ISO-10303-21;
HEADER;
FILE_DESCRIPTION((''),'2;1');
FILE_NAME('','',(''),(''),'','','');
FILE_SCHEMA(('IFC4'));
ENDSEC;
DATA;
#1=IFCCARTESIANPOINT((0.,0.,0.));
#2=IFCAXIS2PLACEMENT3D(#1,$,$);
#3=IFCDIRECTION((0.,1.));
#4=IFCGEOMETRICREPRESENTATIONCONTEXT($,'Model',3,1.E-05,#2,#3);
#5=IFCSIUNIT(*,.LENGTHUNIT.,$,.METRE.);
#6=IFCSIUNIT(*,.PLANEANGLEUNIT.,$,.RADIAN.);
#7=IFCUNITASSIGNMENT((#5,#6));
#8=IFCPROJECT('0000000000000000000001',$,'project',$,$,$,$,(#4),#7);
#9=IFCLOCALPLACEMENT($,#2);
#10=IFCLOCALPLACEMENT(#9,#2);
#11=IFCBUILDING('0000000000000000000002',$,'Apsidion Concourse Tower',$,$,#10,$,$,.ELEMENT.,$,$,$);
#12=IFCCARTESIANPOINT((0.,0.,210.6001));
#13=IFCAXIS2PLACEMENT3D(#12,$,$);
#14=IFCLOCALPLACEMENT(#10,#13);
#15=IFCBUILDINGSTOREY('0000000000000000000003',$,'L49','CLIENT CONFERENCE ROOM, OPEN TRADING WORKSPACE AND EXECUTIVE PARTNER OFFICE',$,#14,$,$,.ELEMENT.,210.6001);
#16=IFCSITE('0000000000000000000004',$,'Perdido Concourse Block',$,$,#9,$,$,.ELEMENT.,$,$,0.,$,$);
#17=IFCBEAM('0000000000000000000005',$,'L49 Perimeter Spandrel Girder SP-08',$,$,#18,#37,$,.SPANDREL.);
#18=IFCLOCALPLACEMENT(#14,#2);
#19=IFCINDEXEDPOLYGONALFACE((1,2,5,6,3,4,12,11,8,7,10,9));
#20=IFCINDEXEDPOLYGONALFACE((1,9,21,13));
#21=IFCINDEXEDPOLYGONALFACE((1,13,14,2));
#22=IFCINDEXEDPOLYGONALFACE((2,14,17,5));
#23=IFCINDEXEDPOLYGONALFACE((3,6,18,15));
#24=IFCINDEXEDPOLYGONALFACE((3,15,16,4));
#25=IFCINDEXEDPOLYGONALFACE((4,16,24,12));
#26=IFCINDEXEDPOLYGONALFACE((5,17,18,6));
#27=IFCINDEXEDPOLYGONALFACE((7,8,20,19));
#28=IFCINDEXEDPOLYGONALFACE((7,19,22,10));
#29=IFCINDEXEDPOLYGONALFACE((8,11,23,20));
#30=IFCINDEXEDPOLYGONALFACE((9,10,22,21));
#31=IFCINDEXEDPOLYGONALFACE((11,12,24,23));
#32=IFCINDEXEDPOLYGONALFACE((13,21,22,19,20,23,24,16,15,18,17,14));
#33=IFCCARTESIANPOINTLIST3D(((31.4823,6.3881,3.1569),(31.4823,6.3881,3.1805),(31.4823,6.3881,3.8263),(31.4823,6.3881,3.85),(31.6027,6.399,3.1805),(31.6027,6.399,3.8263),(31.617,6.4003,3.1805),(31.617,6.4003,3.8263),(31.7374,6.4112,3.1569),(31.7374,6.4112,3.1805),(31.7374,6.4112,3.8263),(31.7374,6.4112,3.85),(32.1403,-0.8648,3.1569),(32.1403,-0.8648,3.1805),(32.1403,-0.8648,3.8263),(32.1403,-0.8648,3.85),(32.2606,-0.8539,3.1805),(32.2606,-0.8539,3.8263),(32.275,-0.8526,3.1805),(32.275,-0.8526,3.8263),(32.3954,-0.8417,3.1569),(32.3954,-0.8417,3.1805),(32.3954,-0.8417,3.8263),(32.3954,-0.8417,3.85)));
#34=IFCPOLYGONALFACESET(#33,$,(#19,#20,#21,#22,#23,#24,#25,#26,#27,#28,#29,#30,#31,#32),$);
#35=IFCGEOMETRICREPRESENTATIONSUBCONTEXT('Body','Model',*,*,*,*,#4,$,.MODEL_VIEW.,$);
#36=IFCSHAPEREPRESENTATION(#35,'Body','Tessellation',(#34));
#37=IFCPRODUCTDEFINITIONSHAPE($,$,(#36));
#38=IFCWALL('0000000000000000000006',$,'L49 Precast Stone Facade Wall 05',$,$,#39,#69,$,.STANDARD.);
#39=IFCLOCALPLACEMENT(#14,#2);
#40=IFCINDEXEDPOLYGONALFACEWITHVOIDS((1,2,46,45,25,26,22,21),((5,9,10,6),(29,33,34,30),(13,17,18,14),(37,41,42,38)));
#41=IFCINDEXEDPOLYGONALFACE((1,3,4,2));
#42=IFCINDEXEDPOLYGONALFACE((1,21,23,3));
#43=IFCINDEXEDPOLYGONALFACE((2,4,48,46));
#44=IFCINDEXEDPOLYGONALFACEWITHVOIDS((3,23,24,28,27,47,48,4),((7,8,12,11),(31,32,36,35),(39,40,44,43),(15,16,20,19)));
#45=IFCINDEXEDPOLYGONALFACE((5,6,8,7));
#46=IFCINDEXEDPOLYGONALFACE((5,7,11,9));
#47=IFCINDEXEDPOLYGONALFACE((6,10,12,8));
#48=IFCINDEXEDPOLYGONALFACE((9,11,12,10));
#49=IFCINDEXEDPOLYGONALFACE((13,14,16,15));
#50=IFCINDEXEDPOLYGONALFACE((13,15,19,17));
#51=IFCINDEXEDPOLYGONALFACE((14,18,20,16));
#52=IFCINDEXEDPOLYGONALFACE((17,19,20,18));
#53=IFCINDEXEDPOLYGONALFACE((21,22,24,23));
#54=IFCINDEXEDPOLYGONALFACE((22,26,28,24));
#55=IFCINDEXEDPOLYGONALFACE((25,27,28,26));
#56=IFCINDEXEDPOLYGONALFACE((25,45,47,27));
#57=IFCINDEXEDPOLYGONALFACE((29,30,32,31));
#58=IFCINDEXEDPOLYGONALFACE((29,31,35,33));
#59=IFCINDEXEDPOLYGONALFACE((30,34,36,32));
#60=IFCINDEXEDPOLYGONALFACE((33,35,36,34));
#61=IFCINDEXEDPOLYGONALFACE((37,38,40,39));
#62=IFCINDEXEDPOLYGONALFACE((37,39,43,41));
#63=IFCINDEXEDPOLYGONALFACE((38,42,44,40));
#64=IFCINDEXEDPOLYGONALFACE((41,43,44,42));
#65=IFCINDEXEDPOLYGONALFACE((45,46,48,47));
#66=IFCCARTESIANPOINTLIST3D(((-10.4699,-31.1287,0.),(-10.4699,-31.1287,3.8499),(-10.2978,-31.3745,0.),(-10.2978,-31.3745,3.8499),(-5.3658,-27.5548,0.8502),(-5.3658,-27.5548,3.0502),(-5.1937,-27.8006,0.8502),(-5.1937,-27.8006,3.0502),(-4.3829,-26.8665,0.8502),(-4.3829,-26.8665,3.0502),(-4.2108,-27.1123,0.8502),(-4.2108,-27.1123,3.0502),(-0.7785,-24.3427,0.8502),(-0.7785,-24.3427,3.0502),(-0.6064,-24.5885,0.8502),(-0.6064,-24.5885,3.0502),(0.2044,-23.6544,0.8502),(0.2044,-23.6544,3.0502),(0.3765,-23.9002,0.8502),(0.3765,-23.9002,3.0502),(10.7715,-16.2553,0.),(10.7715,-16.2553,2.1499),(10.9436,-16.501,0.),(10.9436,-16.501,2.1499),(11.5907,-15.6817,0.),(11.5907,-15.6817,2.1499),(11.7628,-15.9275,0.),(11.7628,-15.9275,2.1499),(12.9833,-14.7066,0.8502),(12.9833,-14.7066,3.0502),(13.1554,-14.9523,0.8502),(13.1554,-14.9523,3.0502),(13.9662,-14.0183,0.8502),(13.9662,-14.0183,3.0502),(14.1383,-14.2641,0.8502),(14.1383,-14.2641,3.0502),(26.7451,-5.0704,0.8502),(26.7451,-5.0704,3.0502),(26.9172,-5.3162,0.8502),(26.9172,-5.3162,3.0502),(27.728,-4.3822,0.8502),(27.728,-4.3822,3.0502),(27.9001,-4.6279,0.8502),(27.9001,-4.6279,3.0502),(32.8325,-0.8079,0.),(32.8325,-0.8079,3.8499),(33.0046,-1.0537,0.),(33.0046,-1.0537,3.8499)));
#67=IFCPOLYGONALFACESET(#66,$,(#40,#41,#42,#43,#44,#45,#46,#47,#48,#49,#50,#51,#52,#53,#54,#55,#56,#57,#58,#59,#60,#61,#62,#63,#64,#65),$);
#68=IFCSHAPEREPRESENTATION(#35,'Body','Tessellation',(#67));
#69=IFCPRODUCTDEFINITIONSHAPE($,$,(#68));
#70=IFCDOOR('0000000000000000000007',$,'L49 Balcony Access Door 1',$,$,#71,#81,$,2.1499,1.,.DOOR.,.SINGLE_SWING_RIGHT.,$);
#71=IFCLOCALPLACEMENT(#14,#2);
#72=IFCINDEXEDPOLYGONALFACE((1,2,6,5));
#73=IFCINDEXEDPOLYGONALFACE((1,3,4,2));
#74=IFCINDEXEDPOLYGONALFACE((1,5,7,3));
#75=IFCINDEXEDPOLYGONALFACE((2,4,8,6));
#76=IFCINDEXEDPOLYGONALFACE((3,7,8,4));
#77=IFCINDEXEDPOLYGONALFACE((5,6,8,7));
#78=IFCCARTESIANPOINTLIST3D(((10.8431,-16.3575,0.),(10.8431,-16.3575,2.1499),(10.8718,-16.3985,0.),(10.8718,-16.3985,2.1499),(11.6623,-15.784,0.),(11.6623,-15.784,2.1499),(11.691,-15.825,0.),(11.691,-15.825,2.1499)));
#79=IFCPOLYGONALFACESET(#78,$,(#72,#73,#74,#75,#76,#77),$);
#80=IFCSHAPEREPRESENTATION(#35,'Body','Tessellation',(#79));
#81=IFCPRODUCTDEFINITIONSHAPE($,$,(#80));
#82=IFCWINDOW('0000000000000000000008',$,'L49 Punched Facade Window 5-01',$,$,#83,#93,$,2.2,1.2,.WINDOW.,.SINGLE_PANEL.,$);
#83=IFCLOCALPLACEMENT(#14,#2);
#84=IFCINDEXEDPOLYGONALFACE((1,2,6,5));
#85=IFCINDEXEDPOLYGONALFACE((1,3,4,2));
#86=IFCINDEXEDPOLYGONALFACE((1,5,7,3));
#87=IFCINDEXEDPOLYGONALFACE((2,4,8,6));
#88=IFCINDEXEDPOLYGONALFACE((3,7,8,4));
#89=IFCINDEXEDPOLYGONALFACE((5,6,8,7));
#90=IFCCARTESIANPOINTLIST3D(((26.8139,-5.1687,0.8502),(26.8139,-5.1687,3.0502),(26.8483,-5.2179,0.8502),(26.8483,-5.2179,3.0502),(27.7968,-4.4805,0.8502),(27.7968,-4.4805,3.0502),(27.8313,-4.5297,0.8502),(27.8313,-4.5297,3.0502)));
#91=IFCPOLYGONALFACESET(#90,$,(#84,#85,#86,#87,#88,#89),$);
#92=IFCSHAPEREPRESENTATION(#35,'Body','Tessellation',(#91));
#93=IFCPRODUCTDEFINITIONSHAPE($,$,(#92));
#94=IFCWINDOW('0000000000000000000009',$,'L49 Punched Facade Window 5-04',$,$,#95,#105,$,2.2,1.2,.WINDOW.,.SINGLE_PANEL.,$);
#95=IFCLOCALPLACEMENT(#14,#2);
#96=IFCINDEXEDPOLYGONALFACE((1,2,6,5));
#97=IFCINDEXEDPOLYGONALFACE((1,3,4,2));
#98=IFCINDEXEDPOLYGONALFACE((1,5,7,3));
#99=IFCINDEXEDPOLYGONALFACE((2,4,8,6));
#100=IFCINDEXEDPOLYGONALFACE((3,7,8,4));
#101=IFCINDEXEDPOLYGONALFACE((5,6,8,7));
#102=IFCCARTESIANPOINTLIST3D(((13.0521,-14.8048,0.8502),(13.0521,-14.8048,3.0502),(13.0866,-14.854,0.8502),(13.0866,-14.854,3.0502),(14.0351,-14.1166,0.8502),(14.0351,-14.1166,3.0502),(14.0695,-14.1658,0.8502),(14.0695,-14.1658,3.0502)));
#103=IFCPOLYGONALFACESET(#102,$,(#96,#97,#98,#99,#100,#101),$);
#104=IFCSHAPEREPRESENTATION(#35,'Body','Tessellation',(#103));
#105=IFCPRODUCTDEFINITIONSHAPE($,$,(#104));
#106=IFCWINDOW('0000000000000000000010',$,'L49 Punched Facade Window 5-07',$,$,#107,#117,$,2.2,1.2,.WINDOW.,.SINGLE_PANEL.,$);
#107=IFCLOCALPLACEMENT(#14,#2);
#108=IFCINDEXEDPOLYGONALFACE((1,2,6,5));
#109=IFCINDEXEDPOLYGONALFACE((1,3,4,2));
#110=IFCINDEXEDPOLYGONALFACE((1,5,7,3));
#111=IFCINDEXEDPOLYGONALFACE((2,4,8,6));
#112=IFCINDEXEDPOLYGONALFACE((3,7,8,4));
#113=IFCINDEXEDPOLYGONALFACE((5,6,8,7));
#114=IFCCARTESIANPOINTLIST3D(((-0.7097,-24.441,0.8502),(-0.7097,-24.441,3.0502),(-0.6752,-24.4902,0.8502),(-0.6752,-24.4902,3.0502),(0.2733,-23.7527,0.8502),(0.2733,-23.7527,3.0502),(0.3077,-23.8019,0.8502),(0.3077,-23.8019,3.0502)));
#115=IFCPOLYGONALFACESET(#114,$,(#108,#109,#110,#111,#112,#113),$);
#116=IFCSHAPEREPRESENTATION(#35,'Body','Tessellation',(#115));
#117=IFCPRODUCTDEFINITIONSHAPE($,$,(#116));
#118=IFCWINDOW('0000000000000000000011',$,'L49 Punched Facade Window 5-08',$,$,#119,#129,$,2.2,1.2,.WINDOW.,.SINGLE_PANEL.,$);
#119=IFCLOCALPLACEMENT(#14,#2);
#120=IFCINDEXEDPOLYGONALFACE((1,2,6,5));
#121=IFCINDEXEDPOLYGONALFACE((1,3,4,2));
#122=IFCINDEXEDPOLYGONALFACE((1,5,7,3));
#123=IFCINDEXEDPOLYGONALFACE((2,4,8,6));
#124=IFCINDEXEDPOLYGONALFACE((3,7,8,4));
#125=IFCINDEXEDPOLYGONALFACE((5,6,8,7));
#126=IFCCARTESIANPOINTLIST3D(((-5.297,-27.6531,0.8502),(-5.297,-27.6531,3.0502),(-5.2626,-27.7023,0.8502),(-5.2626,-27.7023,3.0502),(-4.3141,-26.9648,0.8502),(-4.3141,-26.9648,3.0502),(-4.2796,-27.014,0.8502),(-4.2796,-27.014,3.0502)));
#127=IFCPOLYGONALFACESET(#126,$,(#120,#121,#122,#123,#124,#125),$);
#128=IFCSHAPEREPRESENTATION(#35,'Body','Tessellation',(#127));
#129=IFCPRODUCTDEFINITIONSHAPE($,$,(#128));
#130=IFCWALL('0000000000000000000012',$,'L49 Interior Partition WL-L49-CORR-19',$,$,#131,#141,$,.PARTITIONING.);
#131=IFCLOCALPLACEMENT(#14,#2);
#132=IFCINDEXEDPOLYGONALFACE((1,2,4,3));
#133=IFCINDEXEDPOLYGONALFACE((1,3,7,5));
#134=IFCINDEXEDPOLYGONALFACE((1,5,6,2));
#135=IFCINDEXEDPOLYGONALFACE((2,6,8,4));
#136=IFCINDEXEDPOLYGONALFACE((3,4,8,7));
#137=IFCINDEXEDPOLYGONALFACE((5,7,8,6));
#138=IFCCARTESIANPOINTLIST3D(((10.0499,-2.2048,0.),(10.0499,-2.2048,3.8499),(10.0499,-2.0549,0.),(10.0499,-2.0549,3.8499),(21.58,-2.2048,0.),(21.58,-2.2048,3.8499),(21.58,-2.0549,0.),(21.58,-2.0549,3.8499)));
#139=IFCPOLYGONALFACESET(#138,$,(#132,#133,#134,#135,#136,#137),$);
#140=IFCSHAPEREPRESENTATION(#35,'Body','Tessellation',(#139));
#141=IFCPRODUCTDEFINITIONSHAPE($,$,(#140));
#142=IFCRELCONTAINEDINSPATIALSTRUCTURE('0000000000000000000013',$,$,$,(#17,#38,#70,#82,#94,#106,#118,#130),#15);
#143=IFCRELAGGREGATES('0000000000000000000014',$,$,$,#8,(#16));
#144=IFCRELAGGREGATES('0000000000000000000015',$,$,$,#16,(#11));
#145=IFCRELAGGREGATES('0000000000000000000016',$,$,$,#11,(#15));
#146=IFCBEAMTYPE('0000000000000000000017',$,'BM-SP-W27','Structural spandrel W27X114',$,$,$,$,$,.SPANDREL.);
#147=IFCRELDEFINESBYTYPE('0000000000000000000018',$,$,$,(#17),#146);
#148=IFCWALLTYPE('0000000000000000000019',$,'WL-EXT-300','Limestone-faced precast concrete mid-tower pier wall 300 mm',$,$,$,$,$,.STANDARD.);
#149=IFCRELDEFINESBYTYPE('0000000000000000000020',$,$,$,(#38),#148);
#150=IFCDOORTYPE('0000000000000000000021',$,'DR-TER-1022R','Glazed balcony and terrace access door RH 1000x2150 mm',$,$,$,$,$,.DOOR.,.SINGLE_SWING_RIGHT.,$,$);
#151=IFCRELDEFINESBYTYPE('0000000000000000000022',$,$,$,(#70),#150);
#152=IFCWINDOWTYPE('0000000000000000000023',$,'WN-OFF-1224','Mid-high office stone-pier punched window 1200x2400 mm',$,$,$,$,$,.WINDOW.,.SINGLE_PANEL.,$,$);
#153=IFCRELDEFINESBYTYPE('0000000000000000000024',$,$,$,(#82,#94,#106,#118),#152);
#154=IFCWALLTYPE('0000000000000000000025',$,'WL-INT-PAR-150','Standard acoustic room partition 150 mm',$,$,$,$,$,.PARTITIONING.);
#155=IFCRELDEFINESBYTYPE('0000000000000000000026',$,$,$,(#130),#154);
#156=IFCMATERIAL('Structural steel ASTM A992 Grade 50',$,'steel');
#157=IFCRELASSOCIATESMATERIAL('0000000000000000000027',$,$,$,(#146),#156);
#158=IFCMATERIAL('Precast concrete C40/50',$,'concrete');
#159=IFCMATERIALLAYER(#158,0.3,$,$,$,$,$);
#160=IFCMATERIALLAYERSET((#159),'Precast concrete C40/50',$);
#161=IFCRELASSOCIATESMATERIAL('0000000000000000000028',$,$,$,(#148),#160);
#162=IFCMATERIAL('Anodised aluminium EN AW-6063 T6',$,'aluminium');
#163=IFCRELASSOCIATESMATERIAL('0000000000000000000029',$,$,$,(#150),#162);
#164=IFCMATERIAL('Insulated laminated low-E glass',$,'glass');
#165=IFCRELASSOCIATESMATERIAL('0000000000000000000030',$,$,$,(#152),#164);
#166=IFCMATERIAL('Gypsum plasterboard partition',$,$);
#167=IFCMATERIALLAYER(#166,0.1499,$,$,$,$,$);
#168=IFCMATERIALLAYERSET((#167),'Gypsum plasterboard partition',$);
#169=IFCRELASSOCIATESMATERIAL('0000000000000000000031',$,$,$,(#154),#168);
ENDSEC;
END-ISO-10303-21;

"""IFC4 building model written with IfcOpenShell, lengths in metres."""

from ifc_helpers import new_model, si_unit, direction, frame, frame_2d, origin, origin_2d, place, context, subcontext, project, spatial, rectangle, i_section, extrude, material, layer, layer_set, material_profile, profile_set, type_object, element, fill, save


model = new_model("IFC4")

# Units and contexts
model_context = context("Model", 3, precision=1e-05, world=origin(), true_north=direction((0.0, 1.0)))
body_context = subcontext(model_context, "Body", "Model", "MODEL_VIEW")
ifc_project = project(units=[si_unit("LENGTHUNIT", "METRE"), si_unit("PLANEANGLEUNIT", "RADIAN")], contexts=[model_context])

# Site, building, storey
site_placement = place(None, origin())
site = spatial("IfcSite", under=ifc_project, at=site_placement, Name="Perdido Concourse Block", CompositionType="ELEMENT", RefElevation=0.0)
building_placement = place(site_placement, origin())
building = spatial("IfcBuilding", under=site, at=building_placement, Name="Apsidion Concourse Tower", CompositionType="ELEMENT")
storey_placement = place(building_placement, frame((0.0, 0.0, 210.6001)))
storey = spatial("IfcBuildingStorey", under=building, at=storey_placement, Name="L49", Description="CLIENT CONFERENCE ROOM, OPEN TRADING WORKSPACE AND EXECUTIVE PARTNER OFFICE", CompositionType="ELEMENT", Elevation=210.6001)

# Shared definitions
ifc_material_1 = material(Name="Structural steel ASTM A992 Grade 50", Category="steel")

# Beam
ifc_material_profile_1 = material_profile(ifc_material_1, i_section(OverallWidth=0.2561, OverallDepth=0.6931, WebThickness=0.0144, FlangeThickness=0.0237, at=origin_2d()), Name="W27X114")
ifc_profile_set_1 = profile_set([ifc_material_profile_1], Name="Structural steel ASTM A992 Grade 50")
beam_type_1 = type_object("IfcBeamType", Name="BM-SP-W27", Description="Structural spandrel W27X114", PredefinedType="SPANDREL", material=ifc_profile_set_1)
beam_1_placement = place(storey_placement, frame((32.2678, -0.8533, 3.5034), z_axis=(-0.090345, 0.99591, 0.0), x_axis=(-0.99591, -0.090345, 0.0)))
element("IfcBeam", 1, at=beam_1_placement, inside=storey, type_object=beam_type_1, Name="L49 Perimeter Spandrel Girder SP-08", PredefinedType="SPANDREL", context=body_context, shape_type="SweptSolid", body=[
    extrude(i_section(OverallWidth=0.2561, OverallDepth=0.6931, WebThickness=0.0144, FlangeThickness=0.0237, at=origin_2d()), origin(), (0.0, 0.0, 1.0), 7.2827),
])

# Wall, openings, door, windows
ifc_material_2 = material(Name="Precast concrete C40/50", Category="concrete")
ifc_layer_1 = layer(ifc_material_2, 0.3)
ifc_layer_set_1 = layer_set([ifc_layer_1], Name="Precast concrete C40/50")
wall_type_1 = type_object("IfcWallType", Name="WL-EXT-300", Description="Limestone-faced precast concrete mid-tower pier wall 300 mm", PredefinedType="STANDARD", material=ifc_layer_set_1)
wall_1_placement = place(storey_placement, frame((32.9185, -0.9309, 0.0), z_axis=(0.0, 0.0, 1.0), x_axis=(-0.819151, -0.573577, 0.0)))
wall_1 = element("IfcWall", 2, at=wall_1_placement, inside=storey, type_object=wall_type_1, Name="L49 Precast Stone Facade Wall 05", PredefinedType="STANDARD", context=body_context, shape_type="SweptSolid", body=[
    extrude(rectangle(XDim=52.8625, YDim=0.3, at=frame_2d((26.4312, 0.0))), origin(), (0.0, 0.0, 1.0), 3.8499),
])
opening_1_placement = place(wall_1_placement, frame((25.9314, 0.0, 0.0)))
opening_1 = element("IfcOpeningElement", 3, at=opening_1_placement, cuts=wall_1, PredefinedType="OPENING", context=body_context, shape_type="SweptSolid", body=[
    extrude(rectangle(XDim=1.0, YDim=2.1499, at=frame_2d((0.5, 1.075))), frame((0.0, 0.1602, 0.0), z_axis=(0.0, -1.0, 0.0), x_axis=(1.0, 0.0, 0.0)), (0.0, 0.0, 1.0), 0.3201),
])
opening_2_placement = place(wall_1_placement, frame((6.2312, 0.0, 0.8501)))
opening_2 = element("IfcOpeningElement", 4, at=opening_2_placement, cuts=wall_1, PredefinedType="OPENING", context=body_context, shape_type="SweptSolid", body=[
    extrude(rectangle(XDim=1.2, YDim=2.2, at=frame_2d((0.6001, 1.1001))), frame((0.0, 0.1602, 0.0), z_axis=(0.0, -1.0, 0.0), x_axis=(1.0, 0.0, 0.0)), (0.0, 0.0, 1.0), 0.3201),
])
opening_3_placement = place(wall_1_placement, frame((23.0312, 0.0, 0.8501)))
opening_3 = element("IfcOpeningElement", 5, at=opening_3_placement, cuts=wall_1, PredefinedType="OPENING", context=body_context, shape_type="SweptSolid", body=[
    extrude(rectangle(XDim=1.2, YDim=2.2, at=frame_2d((0.6001, 1.1001))), frame((0.0, 0.1602, 0.0), z_axis=(0.0, -1.0, 0.0), x_axis=(1.0, 0.0, 0.0)), (0.0, 0.0, 1.0), 0.3201),
])
opening_4_placement = place(wall_1_placement, frame((39.8313, 0.0, 0.8501)))
opening_4 = element("IfcOpeningElement", 6, at=opening_4_placement, cuts=wall_1, PredefinedType="OPENING", context=body_context, shape_type="SweptSolid", body=[
    extrude(rectangle(XDim=1.2, YDim=2.2, at=frame_2d((0.6001, 1.1001))), frame((0.0, 0.1602, 0.0), z_axis=(0.0, -1.0, 0.0), x_axis=(1.0, 0.0, 0.0)), (0.0, 0.0, 1.0), 0.3201),
])
opening_5_placement = place(wall_1_placement, frame((45.4314, 0.0, 0.8501)))
opening_5 = element("IfcOpeningElement", 7, at=opening_5_placement, cuts=wall_1, PredefinedType="OPENING", context=body_context, shape_type="SweptSolid", body=[
    extrude(rectangle(XDim=1.2, YDim=2.2, at=frame_2d((0.6001, 1.1001))), frame((0.0, 0.1602, 0.0), z_axis=(0.0, -1.0, 0.0), x_axis=(1.0, 0.0, 0.0)), (0.0, 0.0, 1.0), 0.3201),
])
ifc_material_3 = material(Name="Anodised aluminium EN AW-6063 T6", Category="aluminium")
door_type = type_object("IfcDoorType", Name="DR-TER-1022R", Description="Glazed balcony and terrace access door RH 1000x2150 mm", OperationType="SINGLE_SWING_RIGHT", PredefinedType="DOOR", material=ifc_material_3)
door_placement = place(opening_1_placement, origin())
door = element("IfcDoor", 8, at=door_placement, inside=storey, type_object=door_type, Name="L49 Balcony Access Door 1", OperationType="SINGLE_SWING_RIGHT", OverallHeight=2.1499, OverallWidth=1.0, PredefinedType="DOOR", context=body_context, shape_type="SweptSolid", body=[
    extrude(rectangle(XDim=1.0, YDim=2.1499, at=frame_2d((0.5, 1.075))), frame((0.0, 0.0249, 0.0), z_axis=(0.0, -1.0, 0.0), x_axis=(1.0, 0.0, 0.0)), (0.0, 0.0, 1.0), 0.05),
])
fill(opening_1, door)
ifc_material_4 = material(Name="Insulated laminated low-E glass", Category="glass")
window_type = type_object("IfcWindowType", Name="WN-OFF-1224", Description="Mid-high office stone-pier punched window 1200x2400 mm", PartitioningType="SINGLE_PANEL", PredefinedType="WINDOW", material=ifc_material_4)
window_1_placement = place(opening_2_placement, origin())
window_1 = element("IfcWindow", 9, at=window_1_placement, inside=storey, type_object=window_type, Name="L49 Punched Facade Window 5-01", OverallHeight=2.2, OverallWidth=1.2, PartitioningType="SINGLE_PANEL", PredefinedType="WINDOW", context=body_context, shape_type="SweptSolid", body=[
    extrude(rectangle(XDim=1.2, YDim=2.2, at=frame_2d((0.6001, 1.1001))), frame((0.0, 0.03, 0.0), z_axis=(0.0, -1.0, 0.0), x_axis=(1.0, 0.0, 0.0)), (0.0, 0.0, 1.0), 0.0601),
])
fill(opening_2, window_1)
window_2_placement = place(opening_3_placement, origin())
window_2 = element("IfcWindow", 10, at=window_2_placement, inside=storey, type_object=window_type, Name="L49 Punched Facade Window 5-04", OverallHeight=2.2, OverallWidth=1.2, PartitioningType="SINGLE_PANEL", PredefinedType="WINDOW", context=body_context, shape_type="SweptSolid", body=[
    extrude(rectangle(XDim=1.2, YDim=2.2, at=frame_2d((0.6001, 1.1001))), frame((0.0, 0.03, 0.0), z_axis=(0.0, -1.0, 0.0), x_axis=(1.0, 0.0, 0.0)), (0.0, 0.0, 1.0), 0.0601),
])
fill(opening_3, window_2)
window_3_placement = place(opening_4_placement, origin())
window_3 = element("IfcWindow", 11, at=window_3_placement, inside=storey, type_object=window_type, Name="L49 Punched Facade Window 5-07", OverallHeight=2.2, OverallWidth=1.2, PartitioningType="SINGLE_PANEL", PredefinedType="WINDOW", context=body_context, shape_type="SweptSolid", body=[
    extrude(rectangle(XDim=1.2, YDim=2.2, at=frame_2d((0.6001, 1.1001))), frame((0.0, 0.03, 0.0), z_axis=(0.0, -1.0, 0.0), x_axis=(1.0, 0.0, 0.0)), (0.0, 0.0, 1.0), 0.0601),
])
fill(opening_4, window_3)
window_4_placement = place(opening_5_placement, origin())
window_4 = element("IfcWindow", 12, at=window_4_placement, inside=storey, type_object=window_type, Name="L49 Punched Facade Window 5-08", OverallHeight=2.2, OverallWidth=1.2, PartitioningType="SINGLE_PANEL", PredefinedType="WINDOW", context=body_context, shape_type="SweptSolid", body=[
    extrude(rectangle(XDim=1.2, YDim=2.2, at=frame_2d((0.6001, 1.1001))), frame((0.0, 0.03, 0.0), z_axis=(0.0, -1.0, 0.0), x_axis=(1.0, 0.0, 0.0)), (0.0, 0.0, 1.0), 0.0601),
])
fill(opening_5, window_4)

# Wall
ifc_material_5 = material(Name="Gypsum plasterboard partition")
ifc_layer_2 = layer(ifc_material_5, 0.1499)
ifc_layer_set_2 = layer_set([ifc_layer_2], Name="Gypsum plasterboard partition")
wall_type_2 = type_object("IfcWallType", Name="WL-INT-PAR-150", Description="Standard acoustic room partition 150 mm", PredefinedType="PARTITIONING", material=ifc_layer_set_2)
wall_2_placement = place(storey_placement, frame((21.5801, -2.1299, 0.0), z_axis=(0.0, 0.0, 1.0), x_axis=(-1.0, 0.0, 0.0)))
element("IfcWall", 13, at=wall_2_placement, inside=storey, type_object=wall_type_2, Name="L49 Interior Partition WL-L49-CORR-19", PredefinedType="PARTITIONING", context=body_context, shape_type="SweptSolid", body=[
    extrude(rectangle(XDim=11.53, YDim=0.1499, at=frame_2d((5.7651, 0.0))), origin(), (0.0, 0.0, 1.0), 3.8499),
])

save(model, "model.ifc")
